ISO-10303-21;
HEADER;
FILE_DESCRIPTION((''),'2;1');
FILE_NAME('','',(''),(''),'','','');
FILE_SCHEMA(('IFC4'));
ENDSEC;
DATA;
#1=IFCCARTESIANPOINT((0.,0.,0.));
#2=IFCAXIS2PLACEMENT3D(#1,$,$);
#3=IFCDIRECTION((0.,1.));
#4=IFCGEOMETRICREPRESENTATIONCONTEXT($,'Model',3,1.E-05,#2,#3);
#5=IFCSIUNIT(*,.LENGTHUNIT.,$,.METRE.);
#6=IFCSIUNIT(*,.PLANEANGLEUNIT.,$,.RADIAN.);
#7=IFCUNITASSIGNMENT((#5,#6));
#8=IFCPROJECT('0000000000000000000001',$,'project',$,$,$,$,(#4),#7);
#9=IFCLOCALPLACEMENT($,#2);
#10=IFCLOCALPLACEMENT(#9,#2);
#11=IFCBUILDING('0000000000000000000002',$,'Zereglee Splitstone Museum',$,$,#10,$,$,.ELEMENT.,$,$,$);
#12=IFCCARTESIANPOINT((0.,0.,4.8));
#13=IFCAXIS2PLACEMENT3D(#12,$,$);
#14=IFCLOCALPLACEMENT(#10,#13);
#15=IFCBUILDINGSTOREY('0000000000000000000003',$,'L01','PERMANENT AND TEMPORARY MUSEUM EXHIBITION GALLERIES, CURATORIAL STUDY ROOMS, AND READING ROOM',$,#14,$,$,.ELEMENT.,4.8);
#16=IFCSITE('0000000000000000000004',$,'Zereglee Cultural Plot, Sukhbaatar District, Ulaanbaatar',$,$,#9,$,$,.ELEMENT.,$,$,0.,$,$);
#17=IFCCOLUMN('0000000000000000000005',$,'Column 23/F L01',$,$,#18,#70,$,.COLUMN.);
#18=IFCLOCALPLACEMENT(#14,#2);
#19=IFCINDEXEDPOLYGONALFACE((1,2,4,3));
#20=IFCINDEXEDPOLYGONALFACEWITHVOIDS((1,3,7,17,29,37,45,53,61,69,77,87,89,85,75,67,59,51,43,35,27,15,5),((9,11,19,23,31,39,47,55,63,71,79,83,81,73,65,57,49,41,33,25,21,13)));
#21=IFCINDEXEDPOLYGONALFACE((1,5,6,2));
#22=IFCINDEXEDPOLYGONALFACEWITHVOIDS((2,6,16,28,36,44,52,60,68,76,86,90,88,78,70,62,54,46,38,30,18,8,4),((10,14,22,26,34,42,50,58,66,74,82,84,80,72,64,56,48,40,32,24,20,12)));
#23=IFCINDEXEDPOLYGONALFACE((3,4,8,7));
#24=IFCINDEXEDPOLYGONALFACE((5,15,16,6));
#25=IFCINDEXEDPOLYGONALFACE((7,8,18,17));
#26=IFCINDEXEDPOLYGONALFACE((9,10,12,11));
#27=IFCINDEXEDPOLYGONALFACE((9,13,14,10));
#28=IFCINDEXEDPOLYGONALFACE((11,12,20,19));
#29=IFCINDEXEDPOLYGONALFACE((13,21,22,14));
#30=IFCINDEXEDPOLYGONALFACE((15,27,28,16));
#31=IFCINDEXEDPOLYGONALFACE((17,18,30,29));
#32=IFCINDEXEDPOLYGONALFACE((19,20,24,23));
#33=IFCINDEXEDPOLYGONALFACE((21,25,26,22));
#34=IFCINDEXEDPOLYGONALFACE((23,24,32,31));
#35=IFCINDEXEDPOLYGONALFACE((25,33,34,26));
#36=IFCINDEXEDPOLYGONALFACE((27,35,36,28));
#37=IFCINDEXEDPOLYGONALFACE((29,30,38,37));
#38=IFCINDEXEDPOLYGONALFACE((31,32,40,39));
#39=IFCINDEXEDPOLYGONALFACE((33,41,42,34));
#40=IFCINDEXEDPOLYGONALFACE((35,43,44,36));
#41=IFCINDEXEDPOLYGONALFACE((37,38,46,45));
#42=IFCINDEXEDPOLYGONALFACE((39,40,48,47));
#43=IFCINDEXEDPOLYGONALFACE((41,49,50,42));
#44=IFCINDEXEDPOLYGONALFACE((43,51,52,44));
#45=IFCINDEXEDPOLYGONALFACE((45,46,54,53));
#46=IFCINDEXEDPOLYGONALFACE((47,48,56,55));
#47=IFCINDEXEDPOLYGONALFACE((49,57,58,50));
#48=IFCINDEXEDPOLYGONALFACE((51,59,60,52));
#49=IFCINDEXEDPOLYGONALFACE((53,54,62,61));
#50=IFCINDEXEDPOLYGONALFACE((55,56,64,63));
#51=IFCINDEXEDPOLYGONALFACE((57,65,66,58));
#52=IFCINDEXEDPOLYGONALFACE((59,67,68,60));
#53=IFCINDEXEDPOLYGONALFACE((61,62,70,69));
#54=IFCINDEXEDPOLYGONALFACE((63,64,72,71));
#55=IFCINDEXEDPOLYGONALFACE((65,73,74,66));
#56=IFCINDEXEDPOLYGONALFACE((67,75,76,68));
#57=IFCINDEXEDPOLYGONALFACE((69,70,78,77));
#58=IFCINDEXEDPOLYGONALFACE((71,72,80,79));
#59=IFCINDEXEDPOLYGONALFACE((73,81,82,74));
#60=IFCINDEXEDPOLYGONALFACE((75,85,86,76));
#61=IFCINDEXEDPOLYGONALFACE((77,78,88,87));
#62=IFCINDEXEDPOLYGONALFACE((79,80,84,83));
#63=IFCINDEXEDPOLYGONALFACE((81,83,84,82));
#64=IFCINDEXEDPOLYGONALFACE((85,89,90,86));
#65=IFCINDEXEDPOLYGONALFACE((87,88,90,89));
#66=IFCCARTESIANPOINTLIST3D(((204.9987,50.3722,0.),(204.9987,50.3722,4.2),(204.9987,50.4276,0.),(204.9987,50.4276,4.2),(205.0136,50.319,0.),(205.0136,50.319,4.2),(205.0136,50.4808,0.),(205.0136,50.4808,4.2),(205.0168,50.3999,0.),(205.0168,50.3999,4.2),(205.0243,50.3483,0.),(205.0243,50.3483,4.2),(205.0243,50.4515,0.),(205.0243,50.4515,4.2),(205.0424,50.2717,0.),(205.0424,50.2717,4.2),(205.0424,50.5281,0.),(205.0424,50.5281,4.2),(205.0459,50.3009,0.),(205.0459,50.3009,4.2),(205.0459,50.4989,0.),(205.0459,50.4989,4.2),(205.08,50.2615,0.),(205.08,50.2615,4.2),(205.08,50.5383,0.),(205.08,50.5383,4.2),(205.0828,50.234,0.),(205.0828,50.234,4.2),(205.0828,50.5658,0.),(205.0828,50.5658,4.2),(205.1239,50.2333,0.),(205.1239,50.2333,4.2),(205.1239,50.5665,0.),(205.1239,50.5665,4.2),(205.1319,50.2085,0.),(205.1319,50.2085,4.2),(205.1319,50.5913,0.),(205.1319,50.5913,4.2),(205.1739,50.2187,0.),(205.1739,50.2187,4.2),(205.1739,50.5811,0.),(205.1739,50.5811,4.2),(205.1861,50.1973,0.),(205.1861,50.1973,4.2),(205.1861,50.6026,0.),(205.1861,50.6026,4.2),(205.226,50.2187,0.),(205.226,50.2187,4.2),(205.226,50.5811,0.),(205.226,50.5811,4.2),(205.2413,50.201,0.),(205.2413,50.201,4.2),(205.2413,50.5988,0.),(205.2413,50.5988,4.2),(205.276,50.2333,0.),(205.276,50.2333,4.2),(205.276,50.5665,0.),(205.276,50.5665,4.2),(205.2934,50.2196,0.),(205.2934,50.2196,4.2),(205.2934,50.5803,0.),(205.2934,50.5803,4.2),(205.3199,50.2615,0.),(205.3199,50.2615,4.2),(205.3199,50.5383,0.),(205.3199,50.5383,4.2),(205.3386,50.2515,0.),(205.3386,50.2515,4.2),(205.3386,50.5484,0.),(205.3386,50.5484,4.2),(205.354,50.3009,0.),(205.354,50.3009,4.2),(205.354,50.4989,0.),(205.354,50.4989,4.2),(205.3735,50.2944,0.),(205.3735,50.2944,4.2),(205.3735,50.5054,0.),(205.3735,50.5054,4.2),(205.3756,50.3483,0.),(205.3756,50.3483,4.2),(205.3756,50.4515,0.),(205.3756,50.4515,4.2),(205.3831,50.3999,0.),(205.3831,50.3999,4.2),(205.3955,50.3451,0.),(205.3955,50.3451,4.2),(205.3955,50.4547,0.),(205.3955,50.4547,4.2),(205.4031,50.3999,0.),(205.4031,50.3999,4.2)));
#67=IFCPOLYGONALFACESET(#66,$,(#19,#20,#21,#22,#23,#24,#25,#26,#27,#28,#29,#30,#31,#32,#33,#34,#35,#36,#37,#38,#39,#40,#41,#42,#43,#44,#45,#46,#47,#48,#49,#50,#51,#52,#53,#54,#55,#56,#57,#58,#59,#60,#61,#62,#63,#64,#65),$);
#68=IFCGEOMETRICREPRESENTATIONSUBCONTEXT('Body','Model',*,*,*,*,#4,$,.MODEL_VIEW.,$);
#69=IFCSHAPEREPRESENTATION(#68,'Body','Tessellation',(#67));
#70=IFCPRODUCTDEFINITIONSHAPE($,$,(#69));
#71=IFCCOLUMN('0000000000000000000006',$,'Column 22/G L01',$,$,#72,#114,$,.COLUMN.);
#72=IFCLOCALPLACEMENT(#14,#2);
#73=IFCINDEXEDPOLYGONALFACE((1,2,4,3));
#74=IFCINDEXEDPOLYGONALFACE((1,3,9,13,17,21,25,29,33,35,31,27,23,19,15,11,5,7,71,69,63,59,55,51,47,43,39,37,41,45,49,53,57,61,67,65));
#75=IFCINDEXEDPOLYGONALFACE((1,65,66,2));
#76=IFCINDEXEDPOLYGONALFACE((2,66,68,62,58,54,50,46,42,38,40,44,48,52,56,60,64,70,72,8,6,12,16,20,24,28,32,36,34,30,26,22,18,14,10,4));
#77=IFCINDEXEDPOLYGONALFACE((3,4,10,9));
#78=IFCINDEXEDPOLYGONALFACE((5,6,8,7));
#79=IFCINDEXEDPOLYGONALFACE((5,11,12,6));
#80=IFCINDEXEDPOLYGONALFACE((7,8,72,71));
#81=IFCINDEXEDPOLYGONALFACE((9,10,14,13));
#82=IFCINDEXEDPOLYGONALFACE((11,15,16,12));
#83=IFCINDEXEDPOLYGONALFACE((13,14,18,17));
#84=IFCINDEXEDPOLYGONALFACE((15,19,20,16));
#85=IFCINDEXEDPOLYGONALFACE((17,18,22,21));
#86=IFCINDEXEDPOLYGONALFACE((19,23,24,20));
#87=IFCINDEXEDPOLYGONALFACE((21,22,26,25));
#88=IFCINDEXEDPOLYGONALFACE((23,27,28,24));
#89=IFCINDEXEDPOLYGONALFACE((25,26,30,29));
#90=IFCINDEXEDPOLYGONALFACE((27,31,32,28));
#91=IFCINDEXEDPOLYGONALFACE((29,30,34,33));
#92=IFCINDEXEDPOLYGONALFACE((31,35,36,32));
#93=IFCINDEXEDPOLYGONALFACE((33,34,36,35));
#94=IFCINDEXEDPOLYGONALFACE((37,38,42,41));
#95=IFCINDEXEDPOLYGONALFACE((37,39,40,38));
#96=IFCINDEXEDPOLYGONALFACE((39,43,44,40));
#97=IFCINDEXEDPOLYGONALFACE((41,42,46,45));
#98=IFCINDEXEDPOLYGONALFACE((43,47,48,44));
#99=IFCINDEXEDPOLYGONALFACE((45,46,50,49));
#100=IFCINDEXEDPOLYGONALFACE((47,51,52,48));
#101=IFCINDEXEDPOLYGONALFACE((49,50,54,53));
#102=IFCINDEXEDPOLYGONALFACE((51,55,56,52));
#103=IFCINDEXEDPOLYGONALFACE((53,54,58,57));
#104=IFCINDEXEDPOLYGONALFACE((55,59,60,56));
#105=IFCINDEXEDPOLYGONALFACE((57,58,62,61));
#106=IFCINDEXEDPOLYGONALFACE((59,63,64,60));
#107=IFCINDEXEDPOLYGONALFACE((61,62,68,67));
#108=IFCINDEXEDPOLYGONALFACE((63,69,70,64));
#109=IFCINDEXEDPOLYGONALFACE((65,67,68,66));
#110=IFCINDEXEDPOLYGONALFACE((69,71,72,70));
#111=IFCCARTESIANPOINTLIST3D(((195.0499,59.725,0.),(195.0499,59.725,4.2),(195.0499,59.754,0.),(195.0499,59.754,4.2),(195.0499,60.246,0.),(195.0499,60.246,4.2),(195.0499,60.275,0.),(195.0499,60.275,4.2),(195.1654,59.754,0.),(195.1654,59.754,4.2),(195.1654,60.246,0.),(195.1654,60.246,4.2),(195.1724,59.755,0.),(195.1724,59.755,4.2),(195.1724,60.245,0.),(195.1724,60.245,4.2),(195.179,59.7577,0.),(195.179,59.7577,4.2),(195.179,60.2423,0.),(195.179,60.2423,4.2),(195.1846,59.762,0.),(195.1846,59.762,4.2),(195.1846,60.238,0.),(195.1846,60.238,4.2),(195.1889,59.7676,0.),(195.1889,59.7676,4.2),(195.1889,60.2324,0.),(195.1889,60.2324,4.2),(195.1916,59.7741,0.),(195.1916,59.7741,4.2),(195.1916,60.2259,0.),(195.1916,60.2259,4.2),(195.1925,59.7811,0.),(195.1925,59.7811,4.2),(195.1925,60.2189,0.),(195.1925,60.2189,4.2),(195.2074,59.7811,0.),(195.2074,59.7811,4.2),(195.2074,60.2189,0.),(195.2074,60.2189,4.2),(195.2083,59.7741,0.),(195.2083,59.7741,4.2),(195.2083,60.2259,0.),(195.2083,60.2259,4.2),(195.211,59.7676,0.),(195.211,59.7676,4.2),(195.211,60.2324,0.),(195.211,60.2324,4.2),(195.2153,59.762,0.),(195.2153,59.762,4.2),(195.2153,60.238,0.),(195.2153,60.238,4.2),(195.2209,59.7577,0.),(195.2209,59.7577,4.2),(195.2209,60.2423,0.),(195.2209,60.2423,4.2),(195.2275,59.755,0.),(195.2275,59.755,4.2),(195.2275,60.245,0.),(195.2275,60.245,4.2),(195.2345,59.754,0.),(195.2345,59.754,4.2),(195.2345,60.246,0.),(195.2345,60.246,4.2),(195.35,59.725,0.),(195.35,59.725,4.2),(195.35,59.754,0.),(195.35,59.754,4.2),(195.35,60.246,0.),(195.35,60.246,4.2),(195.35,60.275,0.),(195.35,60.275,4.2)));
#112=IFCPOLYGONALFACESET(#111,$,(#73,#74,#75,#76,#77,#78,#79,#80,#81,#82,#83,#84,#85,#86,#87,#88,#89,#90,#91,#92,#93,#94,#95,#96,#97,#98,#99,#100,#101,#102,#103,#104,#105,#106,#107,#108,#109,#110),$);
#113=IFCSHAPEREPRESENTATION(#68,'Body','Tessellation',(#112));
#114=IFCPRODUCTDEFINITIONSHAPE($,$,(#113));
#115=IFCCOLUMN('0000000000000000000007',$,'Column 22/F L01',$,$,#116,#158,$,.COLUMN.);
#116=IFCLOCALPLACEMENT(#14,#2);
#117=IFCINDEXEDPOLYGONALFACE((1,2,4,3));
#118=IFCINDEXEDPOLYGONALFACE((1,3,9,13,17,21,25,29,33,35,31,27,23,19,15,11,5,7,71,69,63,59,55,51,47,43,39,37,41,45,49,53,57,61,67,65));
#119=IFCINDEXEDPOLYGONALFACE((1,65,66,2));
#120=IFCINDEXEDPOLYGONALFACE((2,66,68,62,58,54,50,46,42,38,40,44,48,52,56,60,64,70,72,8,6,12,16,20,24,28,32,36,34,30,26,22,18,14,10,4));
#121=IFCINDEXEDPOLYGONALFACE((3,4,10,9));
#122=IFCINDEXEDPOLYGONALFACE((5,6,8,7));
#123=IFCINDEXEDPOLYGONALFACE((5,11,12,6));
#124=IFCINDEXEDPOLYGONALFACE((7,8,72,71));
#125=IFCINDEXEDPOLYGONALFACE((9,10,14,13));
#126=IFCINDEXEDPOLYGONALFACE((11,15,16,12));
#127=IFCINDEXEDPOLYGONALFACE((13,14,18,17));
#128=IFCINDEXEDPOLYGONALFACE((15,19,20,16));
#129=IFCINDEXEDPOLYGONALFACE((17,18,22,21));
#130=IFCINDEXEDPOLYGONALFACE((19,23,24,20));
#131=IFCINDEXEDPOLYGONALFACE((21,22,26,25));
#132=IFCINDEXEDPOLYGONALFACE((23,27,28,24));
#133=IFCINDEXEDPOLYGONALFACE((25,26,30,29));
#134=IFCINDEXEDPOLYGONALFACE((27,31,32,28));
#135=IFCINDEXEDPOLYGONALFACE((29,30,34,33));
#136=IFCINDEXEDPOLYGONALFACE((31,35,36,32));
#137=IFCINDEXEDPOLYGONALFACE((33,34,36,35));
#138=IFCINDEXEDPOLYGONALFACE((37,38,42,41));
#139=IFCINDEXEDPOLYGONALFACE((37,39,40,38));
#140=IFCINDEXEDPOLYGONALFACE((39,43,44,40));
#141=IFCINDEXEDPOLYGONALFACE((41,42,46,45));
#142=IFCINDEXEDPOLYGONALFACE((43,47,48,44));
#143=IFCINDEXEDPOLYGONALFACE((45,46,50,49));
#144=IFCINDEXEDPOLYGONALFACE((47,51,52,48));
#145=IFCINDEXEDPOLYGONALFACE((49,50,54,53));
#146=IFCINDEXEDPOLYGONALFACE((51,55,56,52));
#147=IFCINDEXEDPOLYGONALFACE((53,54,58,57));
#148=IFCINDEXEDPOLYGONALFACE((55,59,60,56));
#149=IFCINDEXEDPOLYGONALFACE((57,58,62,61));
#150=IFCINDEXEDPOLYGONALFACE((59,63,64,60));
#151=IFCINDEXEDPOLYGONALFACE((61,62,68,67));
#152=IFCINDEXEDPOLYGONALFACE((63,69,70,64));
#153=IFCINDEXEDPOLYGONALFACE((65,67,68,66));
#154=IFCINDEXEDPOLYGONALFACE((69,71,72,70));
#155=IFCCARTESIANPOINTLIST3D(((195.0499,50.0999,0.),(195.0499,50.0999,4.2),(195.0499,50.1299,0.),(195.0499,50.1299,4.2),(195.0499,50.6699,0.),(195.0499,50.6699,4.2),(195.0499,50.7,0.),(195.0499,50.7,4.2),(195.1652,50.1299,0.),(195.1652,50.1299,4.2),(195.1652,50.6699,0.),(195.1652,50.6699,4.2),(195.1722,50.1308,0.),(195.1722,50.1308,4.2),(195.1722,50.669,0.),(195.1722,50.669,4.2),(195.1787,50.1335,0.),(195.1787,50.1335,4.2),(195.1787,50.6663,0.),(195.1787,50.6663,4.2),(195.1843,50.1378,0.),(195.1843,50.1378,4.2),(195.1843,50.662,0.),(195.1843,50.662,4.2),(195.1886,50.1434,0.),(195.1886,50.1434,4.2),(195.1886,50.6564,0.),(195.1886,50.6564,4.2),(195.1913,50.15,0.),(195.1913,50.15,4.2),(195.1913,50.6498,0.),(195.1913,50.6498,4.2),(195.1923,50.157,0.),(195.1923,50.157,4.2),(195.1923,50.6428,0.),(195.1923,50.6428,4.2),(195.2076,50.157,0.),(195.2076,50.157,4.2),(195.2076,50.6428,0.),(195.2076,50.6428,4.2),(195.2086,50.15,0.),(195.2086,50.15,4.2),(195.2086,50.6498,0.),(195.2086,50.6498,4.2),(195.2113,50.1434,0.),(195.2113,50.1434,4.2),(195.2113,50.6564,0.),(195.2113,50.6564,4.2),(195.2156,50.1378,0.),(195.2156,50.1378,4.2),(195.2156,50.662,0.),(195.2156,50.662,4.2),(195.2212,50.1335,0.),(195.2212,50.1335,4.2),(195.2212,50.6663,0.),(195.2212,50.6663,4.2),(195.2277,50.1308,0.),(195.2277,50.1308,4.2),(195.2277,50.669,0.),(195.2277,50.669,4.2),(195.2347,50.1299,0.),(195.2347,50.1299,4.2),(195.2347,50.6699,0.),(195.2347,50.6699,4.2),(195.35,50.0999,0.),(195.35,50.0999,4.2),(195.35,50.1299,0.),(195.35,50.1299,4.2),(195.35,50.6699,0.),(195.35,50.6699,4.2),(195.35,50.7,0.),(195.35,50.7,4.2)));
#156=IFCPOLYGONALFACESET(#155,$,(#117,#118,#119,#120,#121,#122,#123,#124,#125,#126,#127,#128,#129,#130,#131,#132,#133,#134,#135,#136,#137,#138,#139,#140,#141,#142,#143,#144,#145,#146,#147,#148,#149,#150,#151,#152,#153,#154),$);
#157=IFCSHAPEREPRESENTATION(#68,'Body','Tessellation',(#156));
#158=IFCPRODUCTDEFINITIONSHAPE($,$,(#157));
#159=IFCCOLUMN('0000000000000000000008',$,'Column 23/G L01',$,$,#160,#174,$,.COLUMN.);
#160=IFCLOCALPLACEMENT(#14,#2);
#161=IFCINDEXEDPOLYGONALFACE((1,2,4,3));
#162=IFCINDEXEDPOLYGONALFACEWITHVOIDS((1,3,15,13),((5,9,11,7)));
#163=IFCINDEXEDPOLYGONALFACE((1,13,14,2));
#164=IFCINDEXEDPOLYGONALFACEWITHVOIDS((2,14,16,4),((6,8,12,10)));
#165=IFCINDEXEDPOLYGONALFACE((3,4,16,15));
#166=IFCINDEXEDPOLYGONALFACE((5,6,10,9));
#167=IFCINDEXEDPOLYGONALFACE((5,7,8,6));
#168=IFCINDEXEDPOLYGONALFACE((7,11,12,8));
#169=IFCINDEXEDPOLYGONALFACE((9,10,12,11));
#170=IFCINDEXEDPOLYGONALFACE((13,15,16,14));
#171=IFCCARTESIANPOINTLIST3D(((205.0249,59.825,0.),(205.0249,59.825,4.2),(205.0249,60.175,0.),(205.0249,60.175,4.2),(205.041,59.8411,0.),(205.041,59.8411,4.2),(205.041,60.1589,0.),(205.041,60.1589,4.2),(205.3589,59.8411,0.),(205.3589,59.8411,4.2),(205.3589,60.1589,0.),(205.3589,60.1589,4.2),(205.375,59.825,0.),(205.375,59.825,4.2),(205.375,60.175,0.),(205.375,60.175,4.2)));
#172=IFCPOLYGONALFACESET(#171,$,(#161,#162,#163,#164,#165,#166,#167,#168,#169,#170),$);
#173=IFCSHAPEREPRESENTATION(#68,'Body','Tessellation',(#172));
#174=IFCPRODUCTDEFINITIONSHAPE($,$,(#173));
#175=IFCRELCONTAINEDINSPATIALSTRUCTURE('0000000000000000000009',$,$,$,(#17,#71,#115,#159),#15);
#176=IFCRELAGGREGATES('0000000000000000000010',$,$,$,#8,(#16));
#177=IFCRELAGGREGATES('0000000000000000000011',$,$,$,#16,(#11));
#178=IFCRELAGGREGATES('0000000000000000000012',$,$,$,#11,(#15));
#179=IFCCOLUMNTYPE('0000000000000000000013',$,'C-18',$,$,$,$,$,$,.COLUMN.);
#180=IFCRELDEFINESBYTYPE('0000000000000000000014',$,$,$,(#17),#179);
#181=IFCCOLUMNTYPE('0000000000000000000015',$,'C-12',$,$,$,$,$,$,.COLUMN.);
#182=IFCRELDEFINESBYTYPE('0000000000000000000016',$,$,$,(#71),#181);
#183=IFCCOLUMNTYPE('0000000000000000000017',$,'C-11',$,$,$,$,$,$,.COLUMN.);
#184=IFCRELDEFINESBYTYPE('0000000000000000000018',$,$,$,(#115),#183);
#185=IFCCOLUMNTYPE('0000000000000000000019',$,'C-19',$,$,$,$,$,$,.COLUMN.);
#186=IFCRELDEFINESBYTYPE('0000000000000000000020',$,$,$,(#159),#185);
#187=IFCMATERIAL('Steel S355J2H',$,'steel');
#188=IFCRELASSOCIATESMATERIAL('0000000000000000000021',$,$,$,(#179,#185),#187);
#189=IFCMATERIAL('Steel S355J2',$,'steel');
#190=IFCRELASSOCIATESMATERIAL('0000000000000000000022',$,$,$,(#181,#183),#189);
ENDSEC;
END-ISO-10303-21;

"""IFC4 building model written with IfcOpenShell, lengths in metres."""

from ifc_helpers import new_model, si_unit, direction, frame, origin, origin_2d, place, context, subcontext, project, spatial, hollow_rectangle, hollow_circle, i_section, extrude, material, material_profile, profile_set, type_object, element, save


model = new_model("IFC4")

# Units and contexts
model_context = context("Model", 3, precision=1e-05, world=origin(), true_north=direction((0.0, 1.0)))
body_context = subcontext(model_context, "Body", "Model", "MODEL_VIEW")
ifc_project = project(units=[si_unit("LENGTHUNIT", "METRE"), si_unit("PLANEANGLEUNIT", "RADIAN")], contexts=[model_context])

# Site, building, storey
site_placement = place(None, origin())
site = spatial("IfcSite", under=ifc_project, at=site_placement, Name="Zereglee Cultural Plot, Sukhbaatar District, Ulaanbaatar", CompositionType="ELEMENT", RefElevation=0.0)
building_placement = place(site_placement, origin())
building = spatial("IfcBuilding", under=site, at=building_placement, Name="Zereglee Splitstone Museum", CompositionType="ELEMENT")
storey_placement = place(building_placement, frame((0.0, 0.0, 4.8)))
storey = spatial("IfcBuildingStorey", under=building, at=storey_placement, Name="L01", Description="PERMANENT AND TEMPORARY MUSEUM EXHIBITION GALLERIES, CURATORIAL STUDY ROOMS, AND READING ROOM", CompositionType="ELEMENT", Elevation=4.8)

# Columns
ifc_material_1 = material(Name="Steel S355J2H", Category="steel")
ifc_material_profile_1 = material_profile(ifc_material_1, hollow_circle(Radius=0.2031, WallThickness=0.02, at=origin_2d()), Name="CHS 406.4x20")
ifc_profile_set_1 = profile_set([ifc_material_profile_1], Name="Steel S355J2H")
column_type_1 = type_object("IfcColumnType", Name="C-18", PredefinedType="COLUMN", material=ifc_profile_set_1)
column_1_placement = place(storey_placement, frame((205.2, 50.3999, 0.0), z_axis=(0.0, 0.0, 1.0), x_axis=(1.0, 0.0, 0.0)))
element("IfcColumn", 1, at=column_1_placement, inside=storey, type_object=column_type_1, Name="Column 23/F L01", PredefinedType="COLUMN", context=body_context, shape_type="SweptSolid", body=[
    extrude(hollow_circle(Radius=0.2031, WallThickness=0.02, at=origin_2d()), origin(), (0.0, 0.0, 1.0), 4.2),
])
ifc_material_2 = material(Name="Steel S355J2", Category="steel")
ifc_material_profile_2 = material_profile(ifc_material_2, i_section(OverallWidth=0.3, OverallDepth=0.55, WebThickness=0.0149, FlangeThickness=0.0291, FilletRadius=0.0271, at=origin_2d()), Name="HE 550 B")
ifc_profile_set_2 = profile_set([ifc_material_profile_2], Name="Steel S355J2")
column_type_2 = type_object("IfcColumnType", Name="C-12", PredefinedType="COLUMN", material=ifc_profile_set_2)
column_2_placement = place(storey_placement, frame((195.2, 60.0, 0.0), z_axis=(0.0, 0.0, 1.0), x_axis=(1.0, 0.0, 0.0)))
element("IfcColumn", 2, at=column_2_placement, inside=storey, type_object=column_type_2, Name="Column 22/G L01", PredefinedType="COLUMN", context=body_context, shape_type="SweptSolid", body=[
    extrude(i_section(OverallWidth=0.3, OverallDepth=0.55, WebThickness=0.0149, FlangeThickness=0.0291, FilletRadius=0.0271, at=origin_2d()), origin(), (0.0, 0.0, 1.0), 4.2),
])
ifc_material_profile_3 = material_profile(ifc_material_2, i_section(OverallWidth=0.3, OverallDepth=0.6001, WebThickness=0.0154, FlangeThickness=0.03, FilletRadius=0.0271, at=origin_2d()), Name="HE 600 B")
ifc_profile_set_3 = profile_set([ifc_material_profile_3], Name="Steel S355J2")
column_type_3 = type_object("IfcColumnType", Name="C-11", PredefinedType="COLUMN", material=ifc_profile_set_3)
column_3_placement = place(storey_placement, frame((195.2, 50.3999, 0.0), z_axis=(0.0, 0.0, 1.0), x_axis=(1.0, 0.0, 0.0)))
element("IfcColumn", 3, at=column_3_placement, inside=storey, type_object=column_type_3, Name="Column 22/F L01", PredefinedType="COLUMN", context=body_context, shape_type="SweptSolid", body=[
    extrude(i_section(OverallWidth=0.3, OverallDepth=0.6001, WebThickness=0.0154, FlangeThickness=0.03, FilletRadius=0.0271, at=origin_2d()), origin(), (0.0, 0.0, 1.0), 4.2),
])
ifc_material_profile_4 = material_profile(ifc_material_1, hollow_rectangle(XDim=0.3501, YDim=0.3501, WallThickness=0.0161, at=origin_2d()), Name="SHS 350x350x16")
ifc_profile_set_4 = profile_set([ifc_material_profile_4], Name="Steel S355J2H")
column_type_4 = type_object("IfcColumnType", Name="C-19", PredefinedType="COLUMN", material=ifc_profile_set_4)
column_4_placement = place(storey_placement, frame((205.2, 60.0, 0.0), z_axis=(0.0, 0.0, 1.0), x_axis=(1.0, 0.0, 0.0)))
element("IfcColumn", 4, at=column_4_placement, inside=storey, type_object=column_type_4, Name="Column 23/G L01", PredefinedType="COLUMN", context=body_context, shape_type="SweptSolid", body=[
    extrude(hollow_rectangle(XDim=0.3501, YDim=0.3501, WallThickness=0.0161, at=origin_2d()), origin(), (0.0, 0.0, 1.0), 4.2),
])

save(model, "model.ifc")
